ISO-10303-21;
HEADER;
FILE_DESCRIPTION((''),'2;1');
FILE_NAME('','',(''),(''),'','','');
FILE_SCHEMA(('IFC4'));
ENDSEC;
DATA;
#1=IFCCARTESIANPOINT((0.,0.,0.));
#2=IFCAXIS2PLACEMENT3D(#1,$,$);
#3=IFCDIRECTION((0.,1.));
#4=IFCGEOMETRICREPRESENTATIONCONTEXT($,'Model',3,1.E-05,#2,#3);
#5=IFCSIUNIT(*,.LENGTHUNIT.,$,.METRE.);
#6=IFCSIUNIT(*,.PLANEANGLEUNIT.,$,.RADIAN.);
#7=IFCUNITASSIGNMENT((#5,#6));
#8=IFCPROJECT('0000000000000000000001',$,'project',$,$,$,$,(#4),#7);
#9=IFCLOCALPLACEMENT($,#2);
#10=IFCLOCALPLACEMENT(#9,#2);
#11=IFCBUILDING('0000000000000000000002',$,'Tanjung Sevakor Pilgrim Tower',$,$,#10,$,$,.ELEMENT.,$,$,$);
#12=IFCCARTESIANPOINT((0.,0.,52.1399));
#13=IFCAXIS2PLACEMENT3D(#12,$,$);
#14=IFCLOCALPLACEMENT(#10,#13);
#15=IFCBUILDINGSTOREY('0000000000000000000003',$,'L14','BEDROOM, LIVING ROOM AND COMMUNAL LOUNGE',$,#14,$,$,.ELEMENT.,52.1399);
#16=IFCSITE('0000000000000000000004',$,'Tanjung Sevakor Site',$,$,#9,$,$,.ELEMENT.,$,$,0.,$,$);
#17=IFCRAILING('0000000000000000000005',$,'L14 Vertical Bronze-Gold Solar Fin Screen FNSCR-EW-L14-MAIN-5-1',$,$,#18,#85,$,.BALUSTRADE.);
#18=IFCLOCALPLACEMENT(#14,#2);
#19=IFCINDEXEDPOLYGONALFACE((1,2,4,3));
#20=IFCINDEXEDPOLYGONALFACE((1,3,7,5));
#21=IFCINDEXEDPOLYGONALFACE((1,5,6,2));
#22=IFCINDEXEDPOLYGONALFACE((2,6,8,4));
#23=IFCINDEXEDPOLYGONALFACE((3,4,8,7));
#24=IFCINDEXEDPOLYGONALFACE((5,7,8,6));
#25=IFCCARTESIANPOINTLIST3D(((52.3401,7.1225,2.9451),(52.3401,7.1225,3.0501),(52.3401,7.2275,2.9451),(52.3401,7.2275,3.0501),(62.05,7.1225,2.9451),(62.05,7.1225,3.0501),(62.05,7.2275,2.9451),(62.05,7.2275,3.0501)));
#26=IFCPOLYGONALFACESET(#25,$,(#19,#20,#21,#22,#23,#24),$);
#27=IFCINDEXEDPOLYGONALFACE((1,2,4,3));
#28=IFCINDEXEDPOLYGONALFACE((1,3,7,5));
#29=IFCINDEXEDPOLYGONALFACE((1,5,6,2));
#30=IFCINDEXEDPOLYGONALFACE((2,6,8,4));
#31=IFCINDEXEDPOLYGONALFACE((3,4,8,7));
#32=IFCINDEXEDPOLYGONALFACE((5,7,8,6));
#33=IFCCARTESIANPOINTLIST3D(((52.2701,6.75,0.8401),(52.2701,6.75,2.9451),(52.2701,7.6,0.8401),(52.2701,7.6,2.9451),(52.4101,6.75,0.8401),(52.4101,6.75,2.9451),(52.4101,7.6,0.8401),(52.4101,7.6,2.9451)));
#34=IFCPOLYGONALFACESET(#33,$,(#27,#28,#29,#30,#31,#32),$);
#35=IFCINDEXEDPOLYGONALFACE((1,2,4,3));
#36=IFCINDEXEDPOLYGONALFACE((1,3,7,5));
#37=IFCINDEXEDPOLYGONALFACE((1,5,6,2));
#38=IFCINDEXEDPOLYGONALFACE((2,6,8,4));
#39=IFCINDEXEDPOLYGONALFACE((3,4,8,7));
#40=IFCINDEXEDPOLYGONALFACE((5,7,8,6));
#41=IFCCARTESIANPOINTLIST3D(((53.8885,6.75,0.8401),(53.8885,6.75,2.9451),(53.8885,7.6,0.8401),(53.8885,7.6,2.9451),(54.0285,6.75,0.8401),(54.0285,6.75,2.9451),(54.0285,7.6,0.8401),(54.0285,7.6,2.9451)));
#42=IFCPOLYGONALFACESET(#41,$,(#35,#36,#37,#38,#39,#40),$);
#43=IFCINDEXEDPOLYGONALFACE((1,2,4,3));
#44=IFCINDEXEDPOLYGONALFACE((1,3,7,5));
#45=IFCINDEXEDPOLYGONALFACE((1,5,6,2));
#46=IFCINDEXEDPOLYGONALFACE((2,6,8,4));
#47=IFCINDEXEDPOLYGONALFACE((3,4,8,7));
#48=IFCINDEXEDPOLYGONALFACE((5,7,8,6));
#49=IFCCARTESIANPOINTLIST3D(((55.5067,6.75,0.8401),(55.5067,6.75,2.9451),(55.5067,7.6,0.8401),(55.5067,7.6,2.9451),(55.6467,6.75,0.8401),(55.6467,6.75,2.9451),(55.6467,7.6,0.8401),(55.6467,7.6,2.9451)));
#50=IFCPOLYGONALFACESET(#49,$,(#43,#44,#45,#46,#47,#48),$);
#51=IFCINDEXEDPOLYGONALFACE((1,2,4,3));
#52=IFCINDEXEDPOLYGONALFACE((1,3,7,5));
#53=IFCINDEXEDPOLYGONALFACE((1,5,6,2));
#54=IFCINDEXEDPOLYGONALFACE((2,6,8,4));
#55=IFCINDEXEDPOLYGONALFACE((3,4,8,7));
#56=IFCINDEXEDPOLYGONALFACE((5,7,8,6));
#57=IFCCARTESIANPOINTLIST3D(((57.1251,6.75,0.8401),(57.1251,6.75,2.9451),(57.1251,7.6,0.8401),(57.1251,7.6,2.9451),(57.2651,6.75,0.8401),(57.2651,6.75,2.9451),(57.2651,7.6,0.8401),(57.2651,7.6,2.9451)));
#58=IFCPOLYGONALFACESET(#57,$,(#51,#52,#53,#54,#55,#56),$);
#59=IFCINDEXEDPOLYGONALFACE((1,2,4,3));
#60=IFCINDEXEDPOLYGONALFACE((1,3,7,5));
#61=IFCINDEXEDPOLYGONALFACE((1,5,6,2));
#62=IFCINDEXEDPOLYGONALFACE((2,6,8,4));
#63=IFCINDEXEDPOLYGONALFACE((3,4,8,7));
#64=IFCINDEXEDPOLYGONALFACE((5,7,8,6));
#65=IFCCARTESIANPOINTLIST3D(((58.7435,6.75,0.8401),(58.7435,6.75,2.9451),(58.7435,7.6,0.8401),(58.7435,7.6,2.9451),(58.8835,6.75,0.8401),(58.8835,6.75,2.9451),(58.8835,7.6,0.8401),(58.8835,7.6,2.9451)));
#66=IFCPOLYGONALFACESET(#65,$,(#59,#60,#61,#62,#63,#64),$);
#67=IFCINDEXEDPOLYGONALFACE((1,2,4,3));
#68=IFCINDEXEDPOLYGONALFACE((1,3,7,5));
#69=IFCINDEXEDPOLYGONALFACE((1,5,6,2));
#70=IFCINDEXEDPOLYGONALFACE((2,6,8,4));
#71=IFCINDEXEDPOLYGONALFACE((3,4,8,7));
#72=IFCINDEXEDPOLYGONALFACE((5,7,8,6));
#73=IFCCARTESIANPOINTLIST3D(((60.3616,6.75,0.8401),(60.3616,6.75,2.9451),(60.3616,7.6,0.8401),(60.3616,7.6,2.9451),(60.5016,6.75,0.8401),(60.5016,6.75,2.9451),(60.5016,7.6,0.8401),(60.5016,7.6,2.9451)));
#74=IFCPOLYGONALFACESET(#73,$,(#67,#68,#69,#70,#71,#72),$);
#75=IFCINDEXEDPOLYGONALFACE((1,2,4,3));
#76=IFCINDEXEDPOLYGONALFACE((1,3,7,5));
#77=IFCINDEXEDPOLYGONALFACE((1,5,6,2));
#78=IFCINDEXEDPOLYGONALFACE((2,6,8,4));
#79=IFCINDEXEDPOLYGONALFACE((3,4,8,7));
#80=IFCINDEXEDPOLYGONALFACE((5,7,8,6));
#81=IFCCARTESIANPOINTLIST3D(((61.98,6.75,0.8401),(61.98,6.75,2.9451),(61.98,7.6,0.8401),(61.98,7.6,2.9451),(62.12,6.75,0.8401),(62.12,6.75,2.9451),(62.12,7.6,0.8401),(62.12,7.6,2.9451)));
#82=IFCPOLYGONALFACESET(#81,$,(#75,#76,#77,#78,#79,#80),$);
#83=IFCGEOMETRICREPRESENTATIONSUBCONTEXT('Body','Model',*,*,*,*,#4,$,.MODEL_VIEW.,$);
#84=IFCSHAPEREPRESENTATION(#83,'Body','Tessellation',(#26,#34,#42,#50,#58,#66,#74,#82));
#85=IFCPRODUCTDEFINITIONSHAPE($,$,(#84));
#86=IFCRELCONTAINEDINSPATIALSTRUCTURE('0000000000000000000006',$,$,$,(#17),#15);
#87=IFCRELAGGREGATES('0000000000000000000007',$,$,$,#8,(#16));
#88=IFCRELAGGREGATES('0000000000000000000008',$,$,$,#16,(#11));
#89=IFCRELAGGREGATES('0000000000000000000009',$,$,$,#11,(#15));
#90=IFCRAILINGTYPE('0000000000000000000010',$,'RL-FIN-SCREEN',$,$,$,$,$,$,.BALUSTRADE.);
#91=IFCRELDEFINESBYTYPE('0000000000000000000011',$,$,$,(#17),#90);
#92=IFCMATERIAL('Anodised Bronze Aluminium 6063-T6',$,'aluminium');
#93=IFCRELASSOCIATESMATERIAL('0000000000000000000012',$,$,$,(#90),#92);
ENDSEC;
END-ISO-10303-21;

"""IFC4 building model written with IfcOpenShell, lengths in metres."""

from ifc_helpers import new_model, si_unit, direction, frame, origin, place, context, subcontext, project, spatial, rectangle, extrude, material, type_object, element, save


model = new_model("IFC4")

# Units and contexts
model_context = context("Model", 3, precision=1e-05, world=origin(), true_north=direction((0.0, 1.0)))
body_context = subcontext(model_context, "Body", "Model", "MODEL_VIEW")
ifc_project = project(units=[si_unit("LENGTHUNIT", "METRE"), si_unit("PLANEANGLEUNIT", "RADIAN")], contexts=[model_context])

# Site, building, storey
site_placement = place(None, origin())
site = spatial("IfcSite", under=ifc_project, at=site_placement, Name="Tanjung Sevakor Site", CompositionType="ELEMENT", RefElevation=0.0)
building_placement = place(site_placement, origin())
building = spatial("IfcBuilding", under=site, at=building_placement, Name="Tanjung Sevakor Pilgrim Tower", CompositionType="ELEMENT")
storey_placement = place(building_placement, frame((0.0, 0.0, 52.1399)))
storey = spatial("IfcBuildingStorey", under=building, at=storey_placement, Name="L14", Description="BEDROOM, LIVING ROOM AND COMMUNAL LOUNGE", CompositionType="ELEMENT", Elevation=52.1399)

# Railing
ifc_material_1 = material(Name="Anodised Bronze Aluminium 6063-T6", Category="aluminium")
railing_type = type_object("IfcRailingType", Name="RL-FIN-SCREEN", PredefinedType="BALUSTRADE", material=ifc_material_1)
railing_placement = place(storey_placement, frame((52.3401, 7.175, 0.8401)))
element("IfcRailing", 1, at=railing_placement, inside=storey, type_object=railing_type, Name="L14 Vertical Bronze-Gold Solar Fin Screen FNSCR-EW-L14-MAIN-5-1", PredefinedType="BALUSTRADE", context=body_context, shape_type="SweptSolid", body=[
    extrude(rectangle(XDim=0.105, YDim=0.105), frame((0.0, 0.0, 2.1575), z_axis=(1.0, 0.0, 0.0), x_axis=(0.0, 1.0, 0.0)), (0.0, 0.0, 1.0), 9.71),
    extrude(rectangle(XDim=0.14, YDim=0.85), origin(), (0.0, 0.0, 1.0), 2.105),
    extrude(rectangle(XDim=0.14, YDim=0.85), frame((1.6184, 0.0, 0.0)), (0.0, 0.0, 1.0), 2.105),
    extrude(rectangle(XDim=0.14, YDim=0.85), frame((3.2366, 0.0, 0.0)), (0.0, 0.0, 1.0), 2.105),
    extrude(rectangle(XDim=0.14, YDim=0.85), frame((4.855, 0.0, 0.0)), (0.0, 0.0, 1.0), 2.105),
    extrude(rectangle(XDim=0.14, YDim=0.85), frame((6.4734, 0.0, 0.0)), (0.0, 0.0, 1.0), 2.105),
    extrude(rectangle(XDim=0.14, YDim=0.85), frame((8.0916, 0.0, 0.0)), (0.0, 0.0, 1.0), 2.105),
    extrude(rectangle(XDim=0.14, YDim=0.85), frame((9.71, 0.0, 0.0)), (0.0, 0.0, 1.0), 2.105),
])

save(model, "model.ifc")
